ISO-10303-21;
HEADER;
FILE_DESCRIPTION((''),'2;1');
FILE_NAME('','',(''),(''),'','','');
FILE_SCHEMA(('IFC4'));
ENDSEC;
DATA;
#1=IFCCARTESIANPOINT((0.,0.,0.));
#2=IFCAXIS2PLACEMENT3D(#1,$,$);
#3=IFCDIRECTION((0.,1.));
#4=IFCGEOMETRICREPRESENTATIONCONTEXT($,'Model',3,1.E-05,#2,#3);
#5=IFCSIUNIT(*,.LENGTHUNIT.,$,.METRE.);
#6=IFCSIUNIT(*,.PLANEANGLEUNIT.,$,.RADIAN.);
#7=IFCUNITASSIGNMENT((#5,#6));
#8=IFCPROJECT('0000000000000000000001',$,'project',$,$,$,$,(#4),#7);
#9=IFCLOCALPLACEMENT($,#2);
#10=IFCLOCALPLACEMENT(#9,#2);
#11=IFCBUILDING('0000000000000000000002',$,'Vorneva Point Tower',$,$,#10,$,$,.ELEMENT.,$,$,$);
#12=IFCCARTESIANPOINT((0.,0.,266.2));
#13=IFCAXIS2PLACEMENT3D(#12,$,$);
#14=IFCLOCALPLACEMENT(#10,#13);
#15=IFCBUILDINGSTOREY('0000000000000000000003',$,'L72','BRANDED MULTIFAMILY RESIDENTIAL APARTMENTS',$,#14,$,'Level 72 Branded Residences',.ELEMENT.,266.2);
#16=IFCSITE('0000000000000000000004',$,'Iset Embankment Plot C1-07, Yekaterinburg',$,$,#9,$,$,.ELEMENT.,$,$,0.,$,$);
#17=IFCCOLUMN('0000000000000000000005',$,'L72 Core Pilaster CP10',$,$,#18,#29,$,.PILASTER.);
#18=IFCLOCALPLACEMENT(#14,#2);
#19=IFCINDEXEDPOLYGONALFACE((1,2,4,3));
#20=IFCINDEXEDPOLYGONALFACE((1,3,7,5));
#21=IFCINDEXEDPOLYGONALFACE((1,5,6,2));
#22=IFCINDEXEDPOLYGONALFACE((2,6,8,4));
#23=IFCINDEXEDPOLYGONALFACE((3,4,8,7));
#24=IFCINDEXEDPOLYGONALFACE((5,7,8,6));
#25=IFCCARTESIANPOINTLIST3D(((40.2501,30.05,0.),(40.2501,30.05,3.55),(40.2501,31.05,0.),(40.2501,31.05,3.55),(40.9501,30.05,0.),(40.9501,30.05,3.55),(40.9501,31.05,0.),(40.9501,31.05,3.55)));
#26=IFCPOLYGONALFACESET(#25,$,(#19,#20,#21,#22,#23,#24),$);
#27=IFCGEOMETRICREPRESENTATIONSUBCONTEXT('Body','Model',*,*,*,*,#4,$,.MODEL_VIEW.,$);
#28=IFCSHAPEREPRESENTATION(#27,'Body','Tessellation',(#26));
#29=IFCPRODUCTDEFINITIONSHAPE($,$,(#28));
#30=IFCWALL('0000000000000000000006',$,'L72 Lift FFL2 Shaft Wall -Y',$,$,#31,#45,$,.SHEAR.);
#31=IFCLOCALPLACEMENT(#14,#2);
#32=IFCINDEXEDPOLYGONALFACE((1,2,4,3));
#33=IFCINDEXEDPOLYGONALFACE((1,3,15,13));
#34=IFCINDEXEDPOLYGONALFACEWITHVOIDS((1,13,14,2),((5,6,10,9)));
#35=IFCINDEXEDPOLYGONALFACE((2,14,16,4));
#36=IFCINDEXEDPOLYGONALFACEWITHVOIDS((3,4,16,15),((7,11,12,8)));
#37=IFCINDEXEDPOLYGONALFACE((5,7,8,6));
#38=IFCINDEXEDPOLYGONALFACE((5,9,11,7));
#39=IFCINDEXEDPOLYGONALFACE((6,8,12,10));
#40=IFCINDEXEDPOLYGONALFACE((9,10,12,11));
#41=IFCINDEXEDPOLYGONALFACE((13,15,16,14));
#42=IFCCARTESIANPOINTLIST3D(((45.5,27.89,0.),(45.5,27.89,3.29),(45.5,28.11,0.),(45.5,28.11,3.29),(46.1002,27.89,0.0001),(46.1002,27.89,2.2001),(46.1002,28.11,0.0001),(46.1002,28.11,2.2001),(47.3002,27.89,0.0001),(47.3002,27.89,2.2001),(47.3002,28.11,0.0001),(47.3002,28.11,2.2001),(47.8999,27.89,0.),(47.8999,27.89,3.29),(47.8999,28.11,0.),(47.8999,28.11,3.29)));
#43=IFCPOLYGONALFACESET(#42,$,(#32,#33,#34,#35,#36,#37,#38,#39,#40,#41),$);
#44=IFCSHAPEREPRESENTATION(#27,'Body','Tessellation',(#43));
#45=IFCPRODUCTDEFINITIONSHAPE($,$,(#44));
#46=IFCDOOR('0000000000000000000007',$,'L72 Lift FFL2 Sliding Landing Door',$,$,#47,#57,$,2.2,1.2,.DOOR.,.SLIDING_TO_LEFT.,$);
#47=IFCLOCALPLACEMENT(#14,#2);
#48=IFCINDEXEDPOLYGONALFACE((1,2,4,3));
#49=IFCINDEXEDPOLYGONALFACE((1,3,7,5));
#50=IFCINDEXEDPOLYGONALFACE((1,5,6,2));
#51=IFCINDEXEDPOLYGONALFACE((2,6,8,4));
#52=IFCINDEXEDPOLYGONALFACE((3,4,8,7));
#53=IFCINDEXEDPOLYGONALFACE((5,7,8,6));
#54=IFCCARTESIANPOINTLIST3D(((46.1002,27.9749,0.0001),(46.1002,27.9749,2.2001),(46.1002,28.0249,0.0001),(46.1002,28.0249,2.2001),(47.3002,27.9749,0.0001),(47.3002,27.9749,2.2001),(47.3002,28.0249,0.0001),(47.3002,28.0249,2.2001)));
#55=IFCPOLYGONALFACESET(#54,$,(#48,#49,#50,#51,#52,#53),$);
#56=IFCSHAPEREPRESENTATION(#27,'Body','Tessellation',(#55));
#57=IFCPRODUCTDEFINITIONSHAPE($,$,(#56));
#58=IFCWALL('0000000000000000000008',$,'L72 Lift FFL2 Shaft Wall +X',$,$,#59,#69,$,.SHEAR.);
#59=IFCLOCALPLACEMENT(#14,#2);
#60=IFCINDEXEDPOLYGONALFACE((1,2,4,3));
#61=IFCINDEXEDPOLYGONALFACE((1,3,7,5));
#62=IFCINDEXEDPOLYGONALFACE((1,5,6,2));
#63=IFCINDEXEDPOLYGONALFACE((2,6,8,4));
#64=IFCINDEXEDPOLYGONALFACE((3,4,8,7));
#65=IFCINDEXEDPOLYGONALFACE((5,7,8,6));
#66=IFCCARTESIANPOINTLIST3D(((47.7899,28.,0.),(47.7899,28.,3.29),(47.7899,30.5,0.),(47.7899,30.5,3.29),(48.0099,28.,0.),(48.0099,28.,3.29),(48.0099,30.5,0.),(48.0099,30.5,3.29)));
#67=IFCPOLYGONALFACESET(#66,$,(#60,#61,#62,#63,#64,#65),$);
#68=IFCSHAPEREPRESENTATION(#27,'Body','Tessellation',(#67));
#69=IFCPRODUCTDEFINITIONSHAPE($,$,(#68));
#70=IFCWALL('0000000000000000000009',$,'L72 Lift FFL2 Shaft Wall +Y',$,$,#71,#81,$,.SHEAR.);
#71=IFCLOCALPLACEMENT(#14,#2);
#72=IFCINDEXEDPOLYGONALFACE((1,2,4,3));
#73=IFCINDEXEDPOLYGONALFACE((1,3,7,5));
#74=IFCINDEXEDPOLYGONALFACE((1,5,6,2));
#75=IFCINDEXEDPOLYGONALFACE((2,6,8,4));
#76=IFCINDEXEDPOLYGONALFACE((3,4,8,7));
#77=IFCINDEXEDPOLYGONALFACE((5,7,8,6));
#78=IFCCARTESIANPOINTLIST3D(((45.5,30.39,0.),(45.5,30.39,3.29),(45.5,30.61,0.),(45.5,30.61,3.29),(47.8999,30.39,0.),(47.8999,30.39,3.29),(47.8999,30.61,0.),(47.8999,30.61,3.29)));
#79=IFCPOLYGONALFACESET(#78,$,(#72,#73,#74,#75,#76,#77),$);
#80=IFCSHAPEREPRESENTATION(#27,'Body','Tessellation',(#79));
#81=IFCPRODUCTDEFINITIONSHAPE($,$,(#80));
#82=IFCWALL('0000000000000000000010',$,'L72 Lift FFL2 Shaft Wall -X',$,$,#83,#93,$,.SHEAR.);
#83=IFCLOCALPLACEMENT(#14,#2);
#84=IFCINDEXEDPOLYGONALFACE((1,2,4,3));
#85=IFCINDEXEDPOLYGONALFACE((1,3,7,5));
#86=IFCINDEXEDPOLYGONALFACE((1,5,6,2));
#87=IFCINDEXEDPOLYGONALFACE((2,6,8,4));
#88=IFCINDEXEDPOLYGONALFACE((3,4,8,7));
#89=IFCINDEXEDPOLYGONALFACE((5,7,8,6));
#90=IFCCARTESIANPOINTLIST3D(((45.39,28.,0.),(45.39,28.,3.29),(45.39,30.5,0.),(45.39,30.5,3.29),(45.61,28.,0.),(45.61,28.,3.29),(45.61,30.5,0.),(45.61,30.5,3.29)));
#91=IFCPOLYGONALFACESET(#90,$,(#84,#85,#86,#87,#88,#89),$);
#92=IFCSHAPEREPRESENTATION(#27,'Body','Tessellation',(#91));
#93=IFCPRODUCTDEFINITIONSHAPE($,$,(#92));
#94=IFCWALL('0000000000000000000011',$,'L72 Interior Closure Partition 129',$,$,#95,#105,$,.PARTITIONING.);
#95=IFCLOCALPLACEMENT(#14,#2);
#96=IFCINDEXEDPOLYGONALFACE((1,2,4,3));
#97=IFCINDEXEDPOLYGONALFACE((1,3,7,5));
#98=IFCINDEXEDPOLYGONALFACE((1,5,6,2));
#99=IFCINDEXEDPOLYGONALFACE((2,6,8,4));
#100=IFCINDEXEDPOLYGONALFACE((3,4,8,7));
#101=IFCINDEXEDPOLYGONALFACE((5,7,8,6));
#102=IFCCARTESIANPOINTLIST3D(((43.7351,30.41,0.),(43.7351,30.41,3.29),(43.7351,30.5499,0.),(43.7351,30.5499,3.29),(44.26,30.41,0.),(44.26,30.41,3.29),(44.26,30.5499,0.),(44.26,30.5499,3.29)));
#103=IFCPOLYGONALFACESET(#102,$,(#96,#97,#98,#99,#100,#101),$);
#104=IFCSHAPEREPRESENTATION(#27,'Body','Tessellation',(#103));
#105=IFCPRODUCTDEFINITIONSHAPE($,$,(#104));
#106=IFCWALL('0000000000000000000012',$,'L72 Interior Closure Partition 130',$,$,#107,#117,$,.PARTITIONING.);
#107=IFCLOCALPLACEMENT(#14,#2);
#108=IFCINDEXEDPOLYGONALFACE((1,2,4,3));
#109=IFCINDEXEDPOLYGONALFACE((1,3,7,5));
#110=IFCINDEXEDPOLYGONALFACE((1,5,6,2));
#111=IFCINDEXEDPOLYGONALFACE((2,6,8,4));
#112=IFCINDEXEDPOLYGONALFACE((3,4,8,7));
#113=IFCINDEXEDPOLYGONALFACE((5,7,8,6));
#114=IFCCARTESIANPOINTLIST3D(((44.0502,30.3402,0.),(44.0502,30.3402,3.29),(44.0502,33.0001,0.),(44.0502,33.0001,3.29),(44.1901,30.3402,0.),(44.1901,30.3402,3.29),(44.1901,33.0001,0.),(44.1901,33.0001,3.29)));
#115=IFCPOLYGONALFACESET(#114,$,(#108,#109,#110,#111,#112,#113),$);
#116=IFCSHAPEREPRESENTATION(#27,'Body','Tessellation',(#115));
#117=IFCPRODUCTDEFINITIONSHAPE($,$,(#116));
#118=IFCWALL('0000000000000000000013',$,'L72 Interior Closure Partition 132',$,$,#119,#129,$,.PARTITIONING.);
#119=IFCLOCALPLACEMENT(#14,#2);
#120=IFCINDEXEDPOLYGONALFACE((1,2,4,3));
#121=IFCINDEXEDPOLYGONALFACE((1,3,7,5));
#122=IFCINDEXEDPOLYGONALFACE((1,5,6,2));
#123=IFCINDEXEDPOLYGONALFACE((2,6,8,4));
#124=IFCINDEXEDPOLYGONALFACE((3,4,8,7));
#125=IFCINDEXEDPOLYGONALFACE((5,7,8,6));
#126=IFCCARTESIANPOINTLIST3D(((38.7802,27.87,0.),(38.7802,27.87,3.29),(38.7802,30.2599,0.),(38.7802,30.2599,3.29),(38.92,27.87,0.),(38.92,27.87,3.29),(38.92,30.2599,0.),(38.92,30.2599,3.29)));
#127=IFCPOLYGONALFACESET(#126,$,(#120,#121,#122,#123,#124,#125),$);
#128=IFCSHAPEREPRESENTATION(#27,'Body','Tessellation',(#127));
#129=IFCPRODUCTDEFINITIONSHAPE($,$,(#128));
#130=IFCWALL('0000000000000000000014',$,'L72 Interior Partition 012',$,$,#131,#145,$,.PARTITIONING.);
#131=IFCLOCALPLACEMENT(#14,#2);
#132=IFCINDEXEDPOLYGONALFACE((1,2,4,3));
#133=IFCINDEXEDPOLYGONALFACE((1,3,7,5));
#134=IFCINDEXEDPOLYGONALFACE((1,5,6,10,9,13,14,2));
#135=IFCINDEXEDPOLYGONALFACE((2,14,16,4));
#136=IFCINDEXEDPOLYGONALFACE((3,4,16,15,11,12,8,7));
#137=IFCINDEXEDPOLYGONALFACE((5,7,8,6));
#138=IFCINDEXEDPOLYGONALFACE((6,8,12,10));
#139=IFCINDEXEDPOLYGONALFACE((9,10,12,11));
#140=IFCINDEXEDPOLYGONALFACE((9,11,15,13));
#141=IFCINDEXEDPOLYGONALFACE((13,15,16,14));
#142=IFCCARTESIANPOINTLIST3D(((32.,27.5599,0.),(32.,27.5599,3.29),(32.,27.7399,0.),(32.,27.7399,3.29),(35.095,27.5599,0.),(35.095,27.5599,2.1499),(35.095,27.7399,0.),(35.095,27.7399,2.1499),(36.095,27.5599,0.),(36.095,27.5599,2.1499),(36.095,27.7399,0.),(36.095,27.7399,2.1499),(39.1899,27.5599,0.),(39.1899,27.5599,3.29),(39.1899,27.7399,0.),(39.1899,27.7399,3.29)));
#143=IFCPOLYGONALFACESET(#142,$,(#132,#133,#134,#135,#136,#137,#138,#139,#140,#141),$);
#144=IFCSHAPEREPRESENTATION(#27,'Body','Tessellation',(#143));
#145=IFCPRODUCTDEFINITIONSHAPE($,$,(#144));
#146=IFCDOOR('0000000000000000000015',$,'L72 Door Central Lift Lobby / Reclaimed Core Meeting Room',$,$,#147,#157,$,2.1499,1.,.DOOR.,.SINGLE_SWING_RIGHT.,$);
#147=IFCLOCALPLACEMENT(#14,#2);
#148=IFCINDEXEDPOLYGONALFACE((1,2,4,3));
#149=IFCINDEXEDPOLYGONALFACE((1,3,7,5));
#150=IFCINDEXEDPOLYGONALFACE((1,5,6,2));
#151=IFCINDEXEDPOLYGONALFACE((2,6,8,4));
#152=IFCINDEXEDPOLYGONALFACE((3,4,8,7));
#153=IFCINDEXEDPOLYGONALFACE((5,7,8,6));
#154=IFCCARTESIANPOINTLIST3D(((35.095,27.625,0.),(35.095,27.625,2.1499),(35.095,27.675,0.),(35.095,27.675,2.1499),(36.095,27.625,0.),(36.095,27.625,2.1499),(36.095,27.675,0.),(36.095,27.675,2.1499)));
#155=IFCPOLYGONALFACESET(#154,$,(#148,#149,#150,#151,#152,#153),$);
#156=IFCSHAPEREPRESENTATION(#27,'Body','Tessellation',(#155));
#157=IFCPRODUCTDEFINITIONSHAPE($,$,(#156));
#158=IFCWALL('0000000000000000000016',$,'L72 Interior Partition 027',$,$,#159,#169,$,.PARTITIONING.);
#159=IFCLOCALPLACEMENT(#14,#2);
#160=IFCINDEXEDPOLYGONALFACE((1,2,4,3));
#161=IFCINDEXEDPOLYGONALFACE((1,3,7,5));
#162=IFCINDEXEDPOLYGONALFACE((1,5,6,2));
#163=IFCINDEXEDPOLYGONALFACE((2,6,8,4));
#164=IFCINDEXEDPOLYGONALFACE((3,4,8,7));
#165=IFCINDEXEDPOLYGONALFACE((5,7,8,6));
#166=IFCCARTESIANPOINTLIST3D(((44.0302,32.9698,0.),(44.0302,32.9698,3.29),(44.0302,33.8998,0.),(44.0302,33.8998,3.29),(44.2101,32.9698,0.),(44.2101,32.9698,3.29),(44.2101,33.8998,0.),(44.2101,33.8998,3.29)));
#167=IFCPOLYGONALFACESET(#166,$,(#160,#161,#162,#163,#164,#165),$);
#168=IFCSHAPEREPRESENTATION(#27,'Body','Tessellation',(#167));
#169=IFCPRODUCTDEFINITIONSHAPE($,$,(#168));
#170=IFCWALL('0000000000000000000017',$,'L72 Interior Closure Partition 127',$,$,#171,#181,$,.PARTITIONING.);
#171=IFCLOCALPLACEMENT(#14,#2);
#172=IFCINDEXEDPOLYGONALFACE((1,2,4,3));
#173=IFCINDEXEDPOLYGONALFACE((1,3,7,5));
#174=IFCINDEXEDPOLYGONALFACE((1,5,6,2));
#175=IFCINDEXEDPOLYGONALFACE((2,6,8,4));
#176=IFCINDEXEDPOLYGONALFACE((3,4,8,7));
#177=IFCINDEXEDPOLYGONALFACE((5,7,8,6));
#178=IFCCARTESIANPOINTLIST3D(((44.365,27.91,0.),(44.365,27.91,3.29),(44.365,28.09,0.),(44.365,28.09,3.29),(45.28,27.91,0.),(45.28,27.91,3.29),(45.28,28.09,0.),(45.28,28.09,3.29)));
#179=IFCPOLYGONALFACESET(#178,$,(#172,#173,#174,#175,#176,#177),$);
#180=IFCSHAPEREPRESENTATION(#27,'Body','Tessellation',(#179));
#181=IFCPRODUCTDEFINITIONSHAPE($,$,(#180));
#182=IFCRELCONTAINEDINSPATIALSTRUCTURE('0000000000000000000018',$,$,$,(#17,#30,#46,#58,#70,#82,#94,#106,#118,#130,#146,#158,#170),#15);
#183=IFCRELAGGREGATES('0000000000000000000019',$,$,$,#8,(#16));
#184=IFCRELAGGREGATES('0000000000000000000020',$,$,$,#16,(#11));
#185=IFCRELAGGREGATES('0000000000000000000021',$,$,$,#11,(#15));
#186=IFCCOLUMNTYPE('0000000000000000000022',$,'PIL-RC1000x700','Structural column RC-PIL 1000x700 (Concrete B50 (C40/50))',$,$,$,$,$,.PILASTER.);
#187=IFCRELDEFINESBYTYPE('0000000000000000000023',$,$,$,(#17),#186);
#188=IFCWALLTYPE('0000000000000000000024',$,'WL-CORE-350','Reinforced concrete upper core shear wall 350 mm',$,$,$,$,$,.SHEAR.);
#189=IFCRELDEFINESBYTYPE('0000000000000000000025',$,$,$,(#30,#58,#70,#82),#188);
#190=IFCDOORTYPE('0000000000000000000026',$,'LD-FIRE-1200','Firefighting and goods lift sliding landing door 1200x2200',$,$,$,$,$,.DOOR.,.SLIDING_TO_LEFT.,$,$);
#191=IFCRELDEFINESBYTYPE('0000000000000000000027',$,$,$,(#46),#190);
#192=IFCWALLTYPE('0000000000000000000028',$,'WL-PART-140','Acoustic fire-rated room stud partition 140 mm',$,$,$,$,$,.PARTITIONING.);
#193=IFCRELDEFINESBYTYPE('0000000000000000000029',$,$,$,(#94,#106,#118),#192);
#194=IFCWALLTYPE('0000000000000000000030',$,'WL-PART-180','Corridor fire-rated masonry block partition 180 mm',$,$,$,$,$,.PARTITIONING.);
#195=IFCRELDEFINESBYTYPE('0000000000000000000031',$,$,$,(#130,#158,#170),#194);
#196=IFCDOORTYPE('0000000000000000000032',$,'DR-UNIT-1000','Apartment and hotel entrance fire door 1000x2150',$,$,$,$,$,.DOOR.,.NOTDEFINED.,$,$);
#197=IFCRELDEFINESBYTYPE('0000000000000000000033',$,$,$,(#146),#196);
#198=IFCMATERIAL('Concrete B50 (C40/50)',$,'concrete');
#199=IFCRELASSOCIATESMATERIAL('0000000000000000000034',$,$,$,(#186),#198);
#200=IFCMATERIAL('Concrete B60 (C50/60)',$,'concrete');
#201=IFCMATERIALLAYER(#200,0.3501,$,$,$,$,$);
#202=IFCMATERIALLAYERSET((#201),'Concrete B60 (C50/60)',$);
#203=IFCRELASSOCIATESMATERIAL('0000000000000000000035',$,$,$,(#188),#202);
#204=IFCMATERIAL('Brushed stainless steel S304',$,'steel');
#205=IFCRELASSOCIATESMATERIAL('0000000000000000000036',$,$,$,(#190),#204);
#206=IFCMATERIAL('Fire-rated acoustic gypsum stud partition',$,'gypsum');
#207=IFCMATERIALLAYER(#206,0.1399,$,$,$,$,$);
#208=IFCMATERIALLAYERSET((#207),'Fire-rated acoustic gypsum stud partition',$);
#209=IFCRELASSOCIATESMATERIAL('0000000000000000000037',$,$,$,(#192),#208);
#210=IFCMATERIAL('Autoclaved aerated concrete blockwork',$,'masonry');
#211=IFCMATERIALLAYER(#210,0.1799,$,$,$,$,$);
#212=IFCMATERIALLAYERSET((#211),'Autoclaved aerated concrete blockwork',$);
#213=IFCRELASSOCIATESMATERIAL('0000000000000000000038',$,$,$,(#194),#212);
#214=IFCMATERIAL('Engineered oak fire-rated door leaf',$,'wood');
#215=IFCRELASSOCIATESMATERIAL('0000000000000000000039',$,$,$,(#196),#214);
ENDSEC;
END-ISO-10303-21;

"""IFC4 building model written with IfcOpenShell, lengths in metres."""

from ifc_helpers import new_model, si_unit, direction, frame, frame_2d, origin, origin_2d, place, context, subcontext, project, spatial, rectangle, extrude, material, layer, layer_set, material_profile, profile_set, type_object, element, fill, save


model = new_model("IFC4")

# Units and contexts
model_context = context("Model", 3, precision=1e-05, world=origin(), true_north=direction((0.0, 1.0)))
body_context = subcontext(model_context, "Body", "Model", "MODEL_VIEW")
ifc_project = project(units=[si_unit("LENGTHUNIT", "METRE"), si_unit("PLANEANGLEUNIT", "RADIAN")], contexts=[model_context])

# Site, building, storey
site_placement = place(None, origin())
site = spatial("IfcSite", under=ifc_project, at=site_placement, Name="Iset Embankment Plot C1-07, Yekaterinburg", CompositionType="ELEMENT", RefElevation=0.0)
building_placement = place(site_placement, origin())
building = spatial("IfcBuilding", under=site, at=building_placement, Name="Vorneva Point Tower", CompositionType="ELEMENT")
storey_placement = place(building_placement, frame((0.0, 0.0, 266.2)))
storey = spatial("IfcBuildingStorey", under=building, at=storey_placement, Name="L72", Description="BRANDED MULTIFAMILY RESIDENTIAL APARTMENTS", LongName="Level 72 Branded Residences", CompositionType="ELEMENT", Elevation=266.2)

# Column
ifc_material_1 = material(Name="Concrete B50 (C40/50)", Category="concrete")
ifc_material_profile = material_profile(ifc_material_1, rectangle(XDim=0.7, YDim=1.0, at=origin_2d()), Name="RC-PIL 1000x700")
ifc_profile_set = profile_set([ifc_material_profile], Name="Concrete B50 (C40/50)")
column_type = type_object("IfcColumnType", Name="PIL-RC1000x700", Description="Structural column RC-PIL 1000x700 (Concrete B50 (C40/50))", PredefinedType="PILASTER", material=ifc_profile_set)
column_placement = place(storey_placement, frame((40.6001, 30.55, 0.0), z_axis=(0.0, 0.0, 1.0), x_axis=(1.0, 0.0, 0.0)))
element("IfcColumn", 1, at=column_placement, inside=storey, type_object=column_type, Name="L72 Core Pilaster CP10", PredefinedType="PILASTER", context=body_context, shape_type="SweptSolid", body=[
    extrude(rectangle(XDim=0.7, YDim=1.0, at=origin_2d()), origin(), (0.0, 0.0, 1.0), 3.55),
])

# Wall, opening, door
ifc_material_2 = material(Name="Concrete B60 (C50/60)", Category="concrete")
ifc_layer_1 = layer(ifc_material_2, 0.3501)
ifc_layer_set_1 = layer_set([ifc_layer_1], Name="Concrete B60 (C50/60)")
wall_type_1 = type_object("IfcWallType", Name="WL-CORE-350", Description="Reinforced concrete upper core shear wall 350 mm", PredefinedType="SHEAR", material=ifc_layer_set_1)
wall_1_placement = place(storey_placement, frame((45.5, 28.0, 0.0), z_axis=(0.0, 0.0, 1.0), x_axis=(1.0, 0.0, 0.0)))
wall_1 = element("IfcWall", 2, at=wall_1_placement, inside=storey, type_object=wall_type_1, Name="L72 Lift FFL2 Shaft Wall -Y", PredefinedType="SHEAR", context=body_context, shape_type="SweptSolid", body=[
    extrude(rectangle(XDim=2.3999, YDim=0.22, at=frame_2d((1.2, 0.0))), origin(), (0.0, 0.0, 1.0), 3.29),
])
opening_1_placement = place(wall_1_placement, frame((0.6001, 0.0, 0.0)))
opening_1 = element("IfcOpeningElement", 3, at=opening_1_placement, cuts=wall_1, PredefinedType="OPENING", context=body_context, shape_type="SweptSolid", body=[
    extrude(rectangle(XDim=1.2, YDim=2.2, at=frame_2d((0.6001, 1.1001))), frame((0.0, 0.125, 0.0), z_axis=(0.0, -1.0, 0.0), x_axis=(1.0, 0.0, 0.0)), (0.0, 0.0, 1.0), 0.2498),
])
ifc_material_3 = material(Name="Brushed stainless steel S304", Category="steel")
door_type_1 = type_object("IfcDoorType", Name="LD-FIRE-1200", Description="Firefighting and goods lift sliding landing door 1200x2200", OperationType="SLIDING_TO_LEFT", PredefinedType="DOOR", material=ifc_material_3)
door_1_placement = place(opening_1_placement, origin())
door_1 = element("IfcDoor", 4, at=door_1_placement, inside=storey, type_object=door_type_1, Name="L72 Lift FFL2 Sliding Landing Door", OperationType="SLIDING_TO_LEFT", OverallHeight=2.2, OverallWidth=1.2, PredefinedType="DOOR", context=body_context, shape_type="SweptSolid", body=[
    extrude(rectangle(XDim=1.2, YDim=2.2, at=frame_2d((0.6001, 1.1001))), frame((0.0, 0.0249, 0.0), z_axis=(0.0, -1.0, 0.0), x_axis=(1.0, 0.0, 0.0)), (0.0, 0.0, 1.0), 0.05),
])
fill(opening_1, door_1)

# Walls
wall_2_placement = place(storey_placement, frame((47.8999, 28.0, 0.0), z_axis=(0.0, 0.0, 1.0), x_axis=(0.0, 1.0, 0.0)))
element("IfcWall", 5, at=wall_2_placement, inside=storey, type_object=wall_type_1, Name="L72 Lift FFL2 Shaft Wall +X", PredefinedType="SHEAR", context=body_context, shape_type="SweptSolid", body=[
    extrude(rectangle(XDim=2.5, YDim=0.22, at=frame_2d((1.25, 0.0))), origin(), (0.0, 0.0, 1.0), 3.29),
])
wall_3_placement = place(storey_placement, frame((47.8999, 30.5, 0.0), z_axis=(0.0, 0.0, 1.0), x_axis=(-1.0, 0.0, 0.0)))
element("IfcWall", 6, at=wall_3_placement, inside=storey, type_object=wall_type_1, Name="L72 Lift FFL2 Shaft Wall +Y", PredefinedType="SHEAR", context=body_context, shape_type="SweptSolid", body=[
    extrude(rectangle(XDim=2.3999, YDim=0.22, at=frame_2d((1.2, 0.0))), origin(), (0.0, 0.0, 1.0), 3.29),
])
wall_4_placement = place(storey_placement, frame((45.5, 30.5, 0.0), z_axis=(0.0, 0.0, 1.0), x_axis=(0.0, -1.0, 0.0)))
element("IfcWall", 7, at=wall_4_placement, inside=storey, type_object=wall_type_1, Name="L72 Lift FFL2 Shaft Wall -X", PredefinedType="SHEAR", context=body_context, shape_type="SweptSolid", body=[
    extrude(rectangle(XDim=2.5, YDim=0.22, at=frame_2d((1.25, 0.0))), origin(), (0.0, 0.0, 1.0), 3.29),
])
ifc_material_4 = material(Name="Fire-rated acoustic gypsum stud partition", Category="gypsum")
ifc_layer_2 = layer(ifc_material_4, 0.1399)
ifc_layer_set_2 = layer_set([ifc_layer_2], Name="Fire-rated acoustic gypsum stud partition")
wall_type_2 = type_object("IfcWallType", Name="WL-PART-140", Description="Acoustic fire-rated room stud partition 140 mm", PredefinedType="PARTITIONING", material=ifc_layer_set_2)
wall_5_placement = place(storey_placement, frame((43.7351, 30.48, 0.0), z_axis=(0.0, 0.0, 1.0), x_axis=(1.0, 0.0, 0.0)))
element("IfcWall", 8, at=wall_5_placement, inside=storey, type_object=wall_type_2, Name="L72 Interior Closure Partition 129", PredefinedType="PARTITIONING", context=body_context, shape_type="SweptSolid", body=[
    extrude(rectangle(XDim=0.5249, YDim=0.1399, at=frame_2d((0.2625, 0.0))), origin(), (0.0, 0.0, 1.0), 3.29),
])
wall_6_placement = place(storey_placement, frame((44.1201, 30.3401, 0.0), z_axis=(0.0, 0.0, 1.0), x_axis=(0.0, 1.0, 0.0)))
element("IfcWall", 9, at=wall_6_placement, inside=storey, type_object=wall_type_2, Name="L72 Interior Closure Partition 130", PredefinedType="PARTITIONING", context=body_context, shape_type="SweptSolid", body=[
    extrude(rectangle(XDim=2.6599, YDim=0.1399, at=frame_2d((1.3301, 0.0))), origin(), (0.0, 0.0, 1.0), 3.29),
])
wall_7_placement = place(storey_placement, frame((38.8501, 27.8701, 0.0), z_axis=(0.0, 0.0, 1.0), x_axis=(0.0, 1.0, 0.0)))
element("IfcWall", 10, at=wall_7_placement, inside=storey, type_object=wall_type_2, Name="L72 Interior Closure Partition 132", PredefinedType="PARTITIONING", context=body_context, shape_type="SweptSolid", body=[
    extrude(rectangle(XDim=2.3899, YDim=0.1399, at=frame_2d((1.1948, 0.0))), origin(), (0.0, 0.0, 1.0), 3.29),
])

# Wall, opening, door
ifc_material_5 = material(Name="Autoclaved aerated concrete blockwork", Category="masonry")
ifc_layer_3 = layer(ifc_material_5, 0.1799)
ifc_layer_set_3 = layer_set([ifc_layer_3], Name="Autoclaved aerated concrete blockwork")
wall_type_3 = type_object("IfcWallType", Name="WL-PART-180", Description="Corridor fire-rated masonry block partition 180 mm", PredefinedType="PARTITIONING", material=ifc_layer_set_3)
wall_8_placement = place(storey_placement, frame((39.1899, 27.6499, 0.0), z_axis=(0.0, 0.0, 1.0), x_axis=(-1.0, 0.0, 0.0)))
wall_8 = element("IfcWall", 11, at=wall_8_placement, inside=storey, type_object=wall_type_3, Name="L72 Interior Partition 012", PredefinedType="PARTITIONING", context=body_context, shape_type="SweptSolid", body=[
    extrude(rectangle(XDim=7.1899, YDim=0.1799, at=frame_2d((3.595, 0.0))), origin(), (0.0, 0.0, 1.0), 3.29),
])
opening_2_placement = place(wall_8_placement, frame((3.095, 0.0, 0.0)))
opening_2 = element("IfcOpeningElement", 12, at=opening_2_placement, cuts=wall_8, PredefinedType="OPENING", context=body_context, shape_type="SweptSolid", body=[
    extrude(rectangle(XDim=1.0, YDim=2.1499, at=frame_2d((0.5, 1.075))), frame((0.0, 0.105, 0.0), z_axis=(0.0, -1.0, 0.0), x_axis=(1.0, 0.0, 0.0)), (0.0, 0.0, 1.0), 0.2097),
])
ifc_material_6 = material(Name="Engineered oak fire-rated door leaf", Category="wood")
door_type_2 = type_object("IfcDoorType", Name="DR-UNIT-1000", Description="Apartment and hotel entrance fire door 1000x2150", OperationType="NOTDEFINED", PredefinedType="DOOR", material=ifc_material_6)
door_2_placement = place(opening_2_placement, origin())
door_2 = element("IfcDoor", 13, at=door_2_placement, inside=storey, type_object=door_type_2, Name="L72 Door Central Lift Lobby / Reclaimed Core Meeting Room", OperationType="SINGLE_SWING_RIGHT", OverallHeight=2.1499, OverallWidth=1.0, PredefinedType="DOOR", context=body_context, shape_type="SweptSolid", body=[
    extrude(rectangle(XDim=1.0, YDim=2.1499, at=frame_2d((0.5, 1.075))), frame((0.0, 0.0249, 0.0), z_axis=(0.0, -1.0, 0.0), x_axis=(1.0, 0.0, 0.0)), (0.0, 0.0, 1.0), 0.05),
])
fill(opening_2, door_2)

# Walls
wall_9_placement = place(storey_placement, frame((44.1201, 32.97, 0.0), z_axis=(0.0, 0.0, 1.0), x_axis=(0.0, 1.0, 0.0)))
element("IfcWall", 14, at=wall_9_placement, inside=storey, type_object=wall_type_3, Name="L72 Interior Partition 027", PredefinedType="PARTITIONING", context=body_context, shape_type="SweptSolid", body=[
    extrude(rectangle(XDim=0.9299, YDim=0.1799, at=frame_2d((0.4648, 0.0))), origin(), (0.0, 0.0, 1.0), 3.29),
])
wall_10_placement = place(storey_placement, frame((45.28, 28.0, 0.0), z_axis=(0.0, 0.0, 1.0), x_axis=(-1.0, 0.0, 0.0)))
element("IfcWall", 15, at=wall_10_placement, inside=storey, type_object=wall_type_3, Name="L72 Interior Closure Partition 127", PredefinedType="PARTITIONING", context=body_context, shape_type="SweptSolid", body=[
    extrude(rectangle(XDim=0.915, YDim=0.1799, at=frame_2d((0.4575, 0.0))), origin(), (0.0, 0.0, 1.0), 3.29),
])

save(model, "model.ifc")
